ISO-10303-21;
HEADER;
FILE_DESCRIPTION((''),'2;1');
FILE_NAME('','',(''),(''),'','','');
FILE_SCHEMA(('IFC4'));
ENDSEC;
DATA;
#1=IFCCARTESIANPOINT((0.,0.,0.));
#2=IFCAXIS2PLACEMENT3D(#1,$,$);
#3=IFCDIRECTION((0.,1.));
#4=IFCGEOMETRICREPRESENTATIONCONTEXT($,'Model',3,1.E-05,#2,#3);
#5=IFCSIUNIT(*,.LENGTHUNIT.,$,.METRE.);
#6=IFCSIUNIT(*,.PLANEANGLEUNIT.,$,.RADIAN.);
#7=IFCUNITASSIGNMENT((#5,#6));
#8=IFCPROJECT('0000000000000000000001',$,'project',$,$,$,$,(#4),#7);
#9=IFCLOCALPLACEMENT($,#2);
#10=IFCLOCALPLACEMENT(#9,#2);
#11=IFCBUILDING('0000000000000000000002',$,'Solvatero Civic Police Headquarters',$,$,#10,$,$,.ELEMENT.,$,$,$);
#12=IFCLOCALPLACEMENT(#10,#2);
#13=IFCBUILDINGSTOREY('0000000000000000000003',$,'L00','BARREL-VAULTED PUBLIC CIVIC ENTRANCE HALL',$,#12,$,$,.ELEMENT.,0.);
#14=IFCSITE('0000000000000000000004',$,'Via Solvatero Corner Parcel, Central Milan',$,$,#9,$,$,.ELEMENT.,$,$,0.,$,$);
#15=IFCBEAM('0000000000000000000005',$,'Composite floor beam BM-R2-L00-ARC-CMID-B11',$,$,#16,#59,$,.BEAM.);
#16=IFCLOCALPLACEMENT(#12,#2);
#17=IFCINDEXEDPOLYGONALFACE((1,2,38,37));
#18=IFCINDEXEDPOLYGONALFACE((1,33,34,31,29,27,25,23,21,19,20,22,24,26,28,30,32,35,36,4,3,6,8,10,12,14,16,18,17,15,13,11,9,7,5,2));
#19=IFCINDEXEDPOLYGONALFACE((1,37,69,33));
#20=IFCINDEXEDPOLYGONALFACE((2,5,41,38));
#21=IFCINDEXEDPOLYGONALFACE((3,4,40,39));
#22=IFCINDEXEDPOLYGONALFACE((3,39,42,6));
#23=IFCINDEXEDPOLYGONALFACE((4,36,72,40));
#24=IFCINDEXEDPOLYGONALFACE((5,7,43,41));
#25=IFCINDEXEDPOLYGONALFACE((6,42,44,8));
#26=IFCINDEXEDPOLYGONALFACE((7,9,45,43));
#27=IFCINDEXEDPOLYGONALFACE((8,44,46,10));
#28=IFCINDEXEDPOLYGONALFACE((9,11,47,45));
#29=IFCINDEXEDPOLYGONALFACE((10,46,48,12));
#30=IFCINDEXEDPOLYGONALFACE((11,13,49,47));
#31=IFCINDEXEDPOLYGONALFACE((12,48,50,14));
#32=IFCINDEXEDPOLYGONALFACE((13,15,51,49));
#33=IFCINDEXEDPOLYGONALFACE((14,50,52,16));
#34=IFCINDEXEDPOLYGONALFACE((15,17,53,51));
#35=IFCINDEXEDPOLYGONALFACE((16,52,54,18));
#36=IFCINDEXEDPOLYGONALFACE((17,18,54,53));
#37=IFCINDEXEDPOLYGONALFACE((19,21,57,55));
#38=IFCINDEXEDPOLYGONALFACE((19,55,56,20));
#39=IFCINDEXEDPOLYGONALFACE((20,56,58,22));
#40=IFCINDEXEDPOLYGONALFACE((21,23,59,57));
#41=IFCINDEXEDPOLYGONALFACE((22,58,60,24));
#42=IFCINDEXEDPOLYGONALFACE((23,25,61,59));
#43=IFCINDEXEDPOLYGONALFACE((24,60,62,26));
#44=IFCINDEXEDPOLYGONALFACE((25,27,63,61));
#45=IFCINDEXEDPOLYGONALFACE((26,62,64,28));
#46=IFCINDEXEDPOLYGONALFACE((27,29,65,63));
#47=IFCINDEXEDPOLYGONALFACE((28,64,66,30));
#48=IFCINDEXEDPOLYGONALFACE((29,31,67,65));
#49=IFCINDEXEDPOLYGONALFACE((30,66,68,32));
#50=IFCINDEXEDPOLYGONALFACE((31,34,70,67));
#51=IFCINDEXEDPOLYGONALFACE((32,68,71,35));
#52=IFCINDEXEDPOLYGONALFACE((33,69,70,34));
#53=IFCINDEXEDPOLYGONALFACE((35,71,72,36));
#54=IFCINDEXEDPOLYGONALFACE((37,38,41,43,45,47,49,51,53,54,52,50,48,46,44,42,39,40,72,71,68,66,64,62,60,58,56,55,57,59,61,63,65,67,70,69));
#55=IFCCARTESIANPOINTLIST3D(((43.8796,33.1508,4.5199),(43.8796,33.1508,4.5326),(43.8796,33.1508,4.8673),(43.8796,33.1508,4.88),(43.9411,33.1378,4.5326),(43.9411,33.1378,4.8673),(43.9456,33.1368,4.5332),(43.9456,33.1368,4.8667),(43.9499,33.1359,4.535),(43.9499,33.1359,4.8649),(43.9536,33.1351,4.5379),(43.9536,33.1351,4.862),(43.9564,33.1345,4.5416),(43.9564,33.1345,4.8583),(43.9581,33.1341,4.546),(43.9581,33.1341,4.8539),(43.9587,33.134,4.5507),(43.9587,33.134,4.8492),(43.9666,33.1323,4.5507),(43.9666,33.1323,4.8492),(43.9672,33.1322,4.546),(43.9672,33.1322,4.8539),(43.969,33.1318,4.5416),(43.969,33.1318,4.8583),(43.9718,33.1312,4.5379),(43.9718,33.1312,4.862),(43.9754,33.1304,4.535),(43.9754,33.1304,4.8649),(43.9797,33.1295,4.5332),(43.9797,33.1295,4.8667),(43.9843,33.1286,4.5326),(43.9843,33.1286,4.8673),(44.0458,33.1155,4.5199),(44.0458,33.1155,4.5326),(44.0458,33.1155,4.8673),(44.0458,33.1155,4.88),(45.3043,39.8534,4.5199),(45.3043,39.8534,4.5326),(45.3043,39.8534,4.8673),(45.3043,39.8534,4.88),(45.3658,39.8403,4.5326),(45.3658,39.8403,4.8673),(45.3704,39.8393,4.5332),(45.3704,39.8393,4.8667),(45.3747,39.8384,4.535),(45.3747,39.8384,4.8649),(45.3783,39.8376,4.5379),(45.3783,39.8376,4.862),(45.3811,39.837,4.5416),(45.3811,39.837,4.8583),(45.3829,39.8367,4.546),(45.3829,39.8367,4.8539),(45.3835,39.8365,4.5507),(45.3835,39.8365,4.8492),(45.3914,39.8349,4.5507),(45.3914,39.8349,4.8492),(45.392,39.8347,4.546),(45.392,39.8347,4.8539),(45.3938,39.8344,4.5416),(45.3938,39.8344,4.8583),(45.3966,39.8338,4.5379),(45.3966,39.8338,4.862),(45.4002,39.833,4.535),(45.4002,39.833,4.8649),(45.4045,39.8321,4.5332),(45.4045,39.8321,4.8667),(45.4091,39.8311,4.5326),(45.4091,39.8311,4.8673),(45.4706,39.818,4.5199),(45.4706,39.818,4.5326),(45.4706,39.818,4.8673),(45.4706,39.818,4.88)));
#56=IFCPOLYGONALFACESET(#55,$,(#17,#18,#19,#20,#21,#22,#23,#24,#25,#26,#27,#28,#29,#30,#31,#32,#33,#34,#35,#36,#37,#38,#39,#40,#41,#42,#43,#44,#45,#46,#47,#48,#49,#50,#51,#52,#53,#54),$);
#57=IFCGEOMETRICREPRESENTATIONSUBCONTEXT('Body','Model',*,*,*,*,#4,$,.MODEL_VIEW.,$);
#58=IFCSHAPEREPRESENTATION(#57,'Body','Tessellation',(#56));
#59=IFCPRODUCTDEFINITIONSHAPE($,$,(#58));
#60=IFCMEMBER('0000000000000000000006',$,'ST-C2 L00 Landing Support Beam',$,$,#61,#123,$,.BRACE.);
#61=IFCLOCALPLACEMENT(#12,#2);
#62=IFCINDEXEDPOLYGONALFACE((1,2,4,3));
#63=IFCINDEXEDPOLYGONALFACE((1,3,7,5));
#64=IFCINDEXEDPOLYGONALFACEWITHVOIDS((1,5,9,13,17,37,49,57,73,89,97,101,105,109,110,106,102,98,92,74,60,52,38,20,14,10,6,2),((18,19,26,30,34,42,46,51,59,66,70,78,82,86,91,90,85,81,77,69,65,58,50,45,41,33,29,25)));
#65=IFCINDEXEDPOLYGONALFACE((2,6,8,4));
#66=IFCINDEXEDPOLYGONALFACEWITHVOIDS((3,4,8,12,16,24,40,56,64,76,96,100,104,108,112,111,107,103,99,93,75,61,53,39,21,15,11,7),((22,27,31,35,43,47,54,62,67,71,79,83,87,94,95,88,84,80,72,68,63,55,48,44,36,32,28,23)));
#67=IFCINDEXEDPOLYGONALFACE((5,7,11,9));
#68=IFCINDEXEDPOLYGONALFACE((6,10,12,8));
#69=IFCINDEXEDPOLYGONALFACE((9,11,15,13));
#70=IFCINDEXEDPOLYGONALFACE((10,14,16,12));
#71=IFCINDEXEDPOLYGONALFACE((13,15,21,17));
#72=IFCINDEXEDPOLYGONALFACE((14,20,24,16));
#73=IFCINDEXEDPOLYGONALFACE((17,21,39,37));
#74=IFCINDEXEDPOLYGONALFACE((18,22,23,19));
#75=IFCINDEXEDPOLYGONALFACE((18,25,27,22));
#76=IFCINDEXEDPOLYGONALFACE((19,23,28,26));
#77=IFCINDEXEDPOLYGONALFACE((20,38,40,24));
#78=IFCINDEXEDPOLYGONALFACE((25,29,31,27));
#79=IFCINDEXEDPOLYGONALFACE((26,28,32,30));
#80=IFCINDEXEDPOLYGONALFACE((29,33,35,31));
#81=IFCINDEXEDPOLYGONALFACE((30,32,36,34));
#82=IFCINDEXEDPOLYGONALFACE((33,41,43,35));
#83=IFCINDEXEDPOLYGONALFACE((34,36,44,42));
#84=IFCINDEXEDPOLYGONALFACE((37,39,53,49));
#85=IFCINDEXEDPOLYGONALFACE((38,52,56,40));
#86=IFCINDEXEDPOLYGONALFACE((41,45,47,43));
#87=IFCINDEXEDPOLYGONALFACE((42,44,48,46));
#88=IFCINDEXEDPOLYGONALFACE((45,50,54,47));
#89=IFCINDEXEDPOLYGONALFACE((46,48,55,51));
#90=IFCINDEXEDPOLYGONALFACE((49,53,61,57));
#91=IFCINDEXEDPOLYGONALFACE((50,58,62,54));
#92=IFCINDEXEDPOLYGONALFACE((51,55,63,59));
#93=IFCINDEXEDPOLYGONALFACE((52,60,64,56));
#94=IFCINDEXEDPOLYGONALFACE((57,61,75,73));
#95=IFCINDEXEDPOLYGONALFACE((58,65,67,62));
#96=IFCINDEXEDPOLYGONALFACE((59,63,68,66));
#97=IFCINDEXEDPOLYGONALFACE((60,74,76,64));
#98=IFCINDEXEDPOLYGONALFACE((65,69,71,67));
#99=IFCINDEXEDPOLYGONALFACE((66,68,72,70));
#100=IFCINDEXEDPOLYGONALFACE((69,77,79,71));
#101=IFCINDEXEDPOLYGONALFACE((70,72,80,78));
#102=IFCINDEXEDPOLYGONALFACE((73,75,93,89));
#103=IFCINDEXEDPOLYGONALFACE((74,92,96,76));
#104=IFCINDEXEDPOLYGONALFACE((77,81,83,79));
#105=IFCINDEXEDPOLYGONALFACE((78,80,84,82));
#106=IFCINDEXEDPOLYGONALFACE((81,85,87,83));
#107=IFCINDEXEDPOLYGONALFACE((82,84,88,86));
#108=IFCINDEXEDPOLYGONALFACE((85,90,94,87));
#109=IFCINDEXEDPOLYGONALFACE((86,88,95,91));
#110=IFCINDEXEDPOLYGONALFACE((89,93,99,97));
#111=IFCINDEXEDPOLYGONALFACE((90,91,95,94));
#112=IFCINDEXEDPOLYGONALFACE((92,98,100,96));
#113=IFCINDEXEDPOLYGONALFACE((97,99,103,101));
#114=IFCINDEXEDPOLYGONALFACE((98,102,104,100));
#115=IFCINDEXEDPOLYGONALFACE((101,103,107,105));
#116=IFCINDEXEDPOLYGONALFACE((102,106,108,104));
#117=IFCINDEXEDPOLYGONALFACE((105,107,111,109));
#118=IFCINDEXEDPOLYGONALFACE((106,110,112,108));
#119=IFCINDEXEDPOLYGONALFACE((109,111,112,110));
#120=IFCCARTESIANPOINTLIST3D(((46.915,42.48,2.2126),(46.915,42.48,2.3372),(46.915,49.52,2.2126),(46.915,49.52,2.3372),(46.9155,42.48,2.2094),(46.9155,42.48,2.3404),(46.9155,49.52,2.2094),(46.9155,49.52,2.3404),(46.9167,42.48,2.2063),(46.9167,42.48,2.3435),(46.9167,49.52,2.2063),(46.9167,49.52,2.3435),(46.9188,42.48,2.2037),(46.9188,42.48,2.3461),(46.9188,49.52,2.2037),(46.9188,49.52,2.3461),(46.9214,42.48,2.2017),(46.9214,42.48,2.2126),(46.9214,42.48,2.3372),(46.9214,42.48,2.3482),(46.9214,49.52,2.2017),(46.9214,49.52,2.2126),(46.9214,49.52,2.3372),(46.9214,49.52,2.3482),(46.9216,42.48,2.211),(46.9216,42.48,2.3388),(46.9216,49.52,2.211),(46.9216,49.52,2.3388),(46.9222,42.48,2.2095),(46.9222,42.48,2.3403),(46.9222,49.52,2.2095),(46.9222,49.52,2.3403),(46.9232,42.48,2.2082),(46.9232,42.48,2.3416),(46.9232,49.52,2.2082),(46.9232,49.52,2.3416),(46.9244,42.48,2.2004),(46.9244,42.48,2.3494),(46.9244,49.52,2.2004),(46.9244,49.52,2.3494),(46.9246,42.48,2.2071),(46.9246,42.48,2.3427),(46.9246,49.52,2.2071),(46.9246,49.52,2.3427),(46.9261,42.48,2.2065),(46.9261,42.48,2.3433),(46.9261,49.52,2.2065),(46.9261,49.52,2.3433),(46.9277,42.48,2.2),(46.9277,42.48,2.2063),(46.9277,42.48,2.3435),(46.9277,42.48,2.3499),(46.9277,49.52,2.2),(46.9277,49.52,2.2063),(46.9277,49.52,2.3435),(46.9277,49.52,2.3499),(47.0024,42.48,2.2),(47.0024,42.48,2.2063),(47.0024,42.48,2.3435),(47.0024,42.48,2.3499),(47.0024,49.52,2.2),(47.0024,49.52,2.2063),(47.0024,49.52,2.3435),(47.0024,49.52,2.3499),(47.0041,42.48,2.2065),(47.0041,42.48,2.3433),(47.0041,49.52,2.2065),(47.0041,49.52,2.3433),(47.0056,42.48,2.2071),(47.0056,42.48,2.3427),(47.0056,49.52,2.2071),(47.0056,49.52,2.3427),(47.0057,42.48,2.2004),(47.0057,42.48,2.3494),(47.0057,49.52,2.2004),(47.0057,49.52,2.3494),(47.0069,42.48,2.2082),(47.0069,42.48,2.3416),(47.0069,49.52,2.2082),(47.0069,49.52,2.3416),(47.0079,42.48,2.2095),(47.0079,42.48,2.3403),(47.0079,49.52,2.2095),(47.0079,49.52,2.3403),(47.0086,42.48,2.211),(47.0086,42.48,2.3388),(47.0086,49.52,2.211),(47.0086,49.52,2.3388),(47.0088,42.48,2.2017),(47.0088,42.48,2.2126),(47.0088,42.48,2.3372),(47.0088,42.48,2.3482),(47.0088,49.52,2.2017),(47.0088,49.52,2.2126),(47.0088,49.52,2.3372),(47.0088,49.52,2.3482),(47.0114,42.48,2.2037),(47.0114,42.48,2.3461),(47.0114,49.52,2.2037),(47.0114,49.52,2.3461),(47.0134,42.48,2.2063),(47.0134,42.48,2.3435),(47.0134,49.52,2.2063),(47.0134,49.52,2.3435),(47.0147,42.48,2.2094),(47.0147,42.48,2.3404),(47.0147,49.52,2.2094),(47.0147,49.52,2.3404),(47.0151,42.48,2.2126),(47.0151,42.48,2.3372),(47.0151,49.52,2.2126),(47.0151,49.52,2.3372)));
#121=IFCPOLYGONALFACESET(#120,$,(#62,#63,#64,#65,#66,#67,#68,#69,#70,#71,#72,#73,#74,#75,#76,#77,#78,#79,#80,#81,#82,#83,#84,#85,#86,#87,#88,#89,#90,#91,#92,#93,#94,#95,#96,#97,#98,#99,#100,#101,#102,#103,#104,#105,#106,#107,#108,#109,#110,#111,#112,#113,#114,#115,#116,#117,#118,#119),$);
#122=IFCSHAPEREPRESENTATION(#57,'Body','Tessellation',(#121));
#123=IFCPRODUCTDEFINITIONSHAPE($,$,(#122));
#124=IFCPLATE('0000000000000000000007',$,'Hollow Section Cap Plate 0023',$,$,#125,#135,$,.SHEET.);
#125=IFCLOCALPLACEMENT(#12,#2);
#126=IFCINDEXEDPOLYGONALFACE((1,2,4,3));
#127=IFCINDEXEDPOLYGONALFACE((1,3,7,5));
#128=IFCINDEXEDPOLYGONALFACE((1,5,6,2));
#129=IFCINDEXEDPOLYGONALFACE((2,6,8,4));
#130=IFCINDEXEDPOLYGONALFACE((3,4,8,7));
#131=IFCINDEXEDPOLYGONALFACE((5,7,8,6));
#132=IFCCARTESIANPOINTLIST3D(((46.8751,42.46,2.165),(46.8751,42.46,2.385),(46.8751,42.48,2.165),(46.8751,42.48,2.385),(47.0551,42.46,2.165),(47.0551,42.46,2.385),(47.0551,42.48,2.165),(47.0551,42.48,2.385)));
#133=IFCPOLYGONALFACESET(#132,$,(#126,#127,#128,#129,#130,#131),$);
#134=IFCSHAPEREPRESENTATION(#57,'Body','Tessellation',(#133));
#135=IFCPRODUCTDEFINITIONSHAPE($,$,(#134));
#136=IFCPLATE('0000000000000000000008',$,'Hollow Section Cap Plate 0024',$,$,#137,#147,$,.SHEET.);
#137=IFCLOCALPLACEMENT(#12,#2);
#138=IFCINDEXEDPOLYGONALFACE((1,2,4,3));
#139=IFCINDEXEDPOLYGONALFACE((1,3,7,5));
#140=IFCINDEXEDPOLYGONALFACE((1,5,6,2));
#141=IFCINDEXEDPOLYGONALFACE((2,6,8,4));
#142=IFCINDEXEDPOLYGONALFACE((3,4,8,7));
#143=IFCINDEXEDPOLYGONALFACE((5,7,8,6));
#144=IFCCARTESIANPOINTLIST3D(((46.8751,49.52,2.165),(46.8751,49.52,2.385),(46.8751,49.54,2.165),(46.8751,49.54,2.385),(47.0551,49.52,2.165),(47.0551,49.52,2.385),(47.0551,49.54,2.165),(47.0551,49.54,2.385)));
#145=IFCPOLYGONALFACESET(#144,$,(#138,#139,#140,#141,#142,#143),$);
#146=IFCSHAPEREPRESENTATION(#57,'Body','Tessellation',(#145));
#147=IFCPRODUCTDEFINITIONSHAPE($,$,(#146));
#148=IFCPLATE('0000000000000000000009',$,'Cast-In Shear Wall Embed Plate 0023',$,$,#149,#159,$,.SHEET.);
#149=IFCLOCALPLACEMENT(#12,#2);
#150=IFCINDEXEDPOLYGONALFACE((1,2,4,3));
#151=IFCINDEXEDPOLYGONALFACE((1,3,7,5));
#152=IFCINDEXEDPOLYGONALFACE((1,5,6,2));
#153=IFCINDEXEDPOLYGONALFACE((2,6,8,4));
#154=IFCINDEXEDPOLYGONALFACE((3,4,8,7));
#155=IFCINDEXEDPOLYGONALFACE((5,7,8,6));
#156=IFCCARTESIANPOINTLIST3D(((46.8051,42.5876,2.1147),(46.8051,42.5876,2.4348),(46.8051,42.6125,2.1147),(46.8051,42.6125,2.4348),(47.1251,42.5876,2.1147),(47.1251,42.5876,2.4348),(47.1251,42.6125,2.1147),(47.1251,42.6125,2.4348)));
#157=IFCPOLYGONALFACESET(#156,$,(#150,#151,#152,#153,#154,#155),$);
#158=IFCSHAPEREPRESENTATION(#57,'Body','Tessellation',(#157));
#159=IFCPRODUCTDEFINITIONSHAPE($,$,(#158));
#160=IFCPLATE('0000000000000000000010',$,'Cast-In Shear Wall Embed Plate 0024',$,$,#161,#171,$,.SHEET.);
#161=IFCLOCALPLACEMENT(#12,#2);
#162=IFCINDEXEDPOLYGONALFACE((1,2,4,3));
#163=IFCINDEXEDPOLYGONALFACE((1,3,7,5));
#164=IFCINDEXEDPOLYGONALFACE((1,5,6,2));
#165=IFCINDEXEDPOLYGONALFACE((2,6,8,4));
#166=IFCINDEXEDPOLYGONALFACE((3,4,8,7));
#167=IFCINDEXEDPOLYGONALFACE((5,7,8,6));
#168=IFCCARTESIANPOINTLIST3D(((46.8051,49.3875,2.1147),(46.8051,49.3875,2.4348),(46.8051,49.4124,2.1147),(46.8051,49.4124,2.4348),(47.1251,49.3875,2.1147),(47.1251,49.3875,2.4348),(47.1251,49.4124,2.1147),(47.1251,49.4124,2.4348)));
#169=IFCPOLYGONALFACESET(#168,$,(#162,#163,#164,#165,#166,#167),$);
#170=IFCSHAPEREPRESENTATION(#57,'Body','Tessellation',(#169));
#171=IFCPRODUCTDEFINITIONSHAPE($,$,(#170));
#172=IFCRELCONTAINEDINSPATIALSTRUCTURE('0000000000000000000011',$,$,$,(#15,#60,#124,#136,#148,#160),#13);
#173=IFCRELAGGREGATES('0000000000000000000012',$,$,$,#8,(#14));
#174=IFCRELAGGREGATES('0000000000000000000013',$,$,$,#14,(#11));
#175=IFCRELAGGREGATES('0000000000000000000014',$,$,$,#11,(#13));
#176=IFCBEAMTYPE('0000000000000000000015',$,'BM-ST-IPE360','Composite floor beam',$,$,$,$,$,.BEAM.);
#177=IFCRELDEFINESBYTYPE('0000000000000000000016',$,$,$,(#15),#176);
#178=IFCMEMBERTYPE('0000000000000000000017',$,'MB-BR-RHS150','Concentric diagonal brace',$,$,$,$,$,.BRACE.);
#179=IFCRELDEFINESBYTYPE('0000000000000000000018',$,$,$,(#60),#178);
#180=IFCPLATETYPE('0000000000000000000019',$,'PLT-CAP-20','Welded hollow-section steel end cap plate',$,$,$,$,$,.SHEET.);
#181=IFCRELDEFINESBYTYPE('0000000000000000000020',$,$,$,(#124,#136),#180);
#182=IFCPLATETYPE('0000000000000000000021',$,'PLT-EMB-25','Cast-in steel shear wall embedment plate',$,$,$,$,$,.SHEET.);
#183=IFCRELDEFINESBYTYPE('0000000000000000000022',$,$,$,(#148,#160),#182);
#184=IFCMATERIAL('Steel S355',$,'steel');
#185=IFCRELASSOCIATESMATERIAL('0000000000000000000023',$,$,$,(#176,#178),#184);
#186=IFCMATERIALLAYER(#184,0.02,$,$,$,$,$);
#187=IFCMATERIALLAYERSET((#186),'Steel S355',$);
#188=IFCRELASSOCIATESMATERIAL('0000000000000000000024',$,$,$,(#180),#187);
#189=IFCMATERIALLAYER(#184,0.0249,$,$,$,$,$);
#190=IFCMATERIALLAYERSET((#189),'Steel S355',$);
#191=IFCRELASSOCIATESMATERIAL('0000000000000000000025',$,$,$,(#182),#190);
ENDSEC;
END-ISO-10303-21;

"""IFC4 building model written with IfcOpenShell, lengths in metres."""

from ifc_helpers import new_model, si_unit, direction, frame, origin, origin_2d, place, context, subcontext, project, spatial, rectangle, hollow_rectangle, i_section, extrude, material, layer, layer_set, material_profile, profile_set, type_object, element, save


model = new_model("IFC4")

# Units and contexts
model_context = context("Model", 3, precision=1e-05, world=origin(), true_north=direction((0.0, 1.0)))
body_context = subcontext(model_context, "Body", "Model", "MODEL_VIEW")
ifc_project = project(units=[si_unit("LENGTHUNIT", "METRE"), si_unit("PLANEANGLEUNIT", "RADIAN")], contexts=[model_context])

# Site, building, storey
site_placement = place(None, origin())
site = spatial("IfcSite", under=ifc_project, at=site_placement, Name="Via Solvatero Corner Parcel, Central Milan", CompositionType="ELEMENT", RefElevation=0.0)
building_placement = place(site_placement, origin())
building = spatial("IfcBuilding", under=site, at=building_placement, Name="Solvatero Civic Police Headquarters", CompositionType="ELEMENT")
storey_placement = place(building_placement, origin())
storey = spatial("IfcBuildingStorey", under=building, at=storey_placement, Name="L00", Description="BARREL-VAULTED PUBLIC CIVIC ENTRANCE HALL", CompositionType="ELEMENT", Elevation=0.0)

# Beam
ifc_material_1 = material(Name="Steel S355", Category="steel")
ifc_material_profile_1 = material_profile(ifc_material_1, i_section(OverallWidth=0.1699, OverallDepth=0.3601, WebThickness=0.0081, FlangeThickness=0.0127, FilletRadius=0.0181, at=origin_2d()), Name="IPE 360")
ifc_profile_set_1 = profile_set([ifc_material_profile_1], Name="Steel S355")
beam_type_1 = type_object("IfcBeamType", Name="BM-ST-IPE360", Description="Composite floor beam", PredefinedType="BEAM", material=ifc_profile_set_1)
beam_1_placement = place(storey_placement, frame((45.3875, 39.8357, 4.7), z_axis=(-0.207928, -0.978144, 0.0), x_axis=(0.978144, -0.207928, 0.0)))
element("IfcBeam", 1, at=beam_1_placement, inside=storey, type_object=beam_type_1, Name="Composite floor beam BM-R2-L00-ARC-CMID-B11", PredefinedType="BEAM", context=body_context, shape_type="SweptSolid", body=[
    extrude(i_section(OverallWidth=0.1699, OverallDepth=0.3601, WebThickness=0.0081, FlangeThickness=0.0127, FilletRadius=0.0181, at=origin_2d()), origin(), (0.0, 0.0, 1.0), 6.8523),
])

# Member
ifc_material_profile_2 = material_profile(ifc_material_1, hollow_rectangle(XDim=0.1001, YDim=0.1499, WallThickness=0.0063, InnerFilletRadius=0.0063, OuterFilletRadius=0.0127, at=origin_2d()), Name="RHS 150x100x6.3")
ifc_profile_set_2 = profile_set([ifc_material_profile_2], Name="Steel S355")
member_type = type_object("IfcMemberType", Name="MB-BR-RHS150", Description="Concentric diagonal brace", PredefinedType="BRACE", material=ifc_profile_set_2)
member_placement = place(storey_placement, frame((46.9651, 42.48, 2.2749), z_axis=(0.0, 1.0, 0.0), x_axis=(-1.0, 0.0, 0.0)))
element("IfcMember", 2, at=member_placement, inside=storey, type_object=member_type, Name="ST-C2 L00 Landing Support Beam", PredefinedType="BRACE", context=body_context, shape_type="SweptSolid", body=[
    extrude(hollow_rectangle(XDim=0.1001, YDim=0.1499, WallThickness=0.0063, InnerFilletRadius=0.0063, OuterFilletRadius=0.0127, at=origin_2d()), origin(), (0.0, 0.0, 1.0), 7.04),
])

# Plates
ifc_layer_1 = layer(ifc_material_1, 0.02)
ifc_layer_set_1 = layer_set([ifc_layer_1], Name="Steel S355")
plate_type_1 = type_object("IfcPlateType", Name="PLT-CAP-20", Description="Welded hollow-section steel end cap plate", PredefinedType="SHEET", material=ifc_layer_set_1)
for number, where, z_axis, x_axis, name in (
    (3, (46.9651, 42.47, 2.165), (0.0, 0.0, 1.0), (1.0, 0.0, 0.0), "Hollow Section Cap Plate 0023"),
    (4, (46.9651, 49.53, 2.165), (0.0, 0.0, 1.0), (1.0, 0.0, 0.0), "Hollow Section Cap Plate 0024"),
):
    element("IfcPlate", number, at=place(storey_placement, frame(where, z_axis=z_axis, x_axis=x_axis)), inside=storey, type_object=plate_type_1, Name=name, PredefinedType="SHEET", context=body_context, shape_type="SweptSolid", body=[
        extrude(rectangle(XDim=0.1799, YDim=0.02, at=origin_2d()), origin(), (0.0, 0.0, 1.0), 0.22),
    ])
ifc_layer_2 = layer(ifc_material_1, 0.0249)
ifc_layer_set_2 = layer_set([ifc_layer_2], Name="Steel S355")
plate_type_2 = type_object("IfcPlateType", Name="PLT-EMB-25", Description="Cast-in steel shear wall embedment plate", PredefinedType="SHEET", material=ifc_layer_set_2)
for number, where, z_axis, x_axis, name in (
    (5, (46.9651, 42.6001, 2.1147), (0.0, 0.0, 1.0), (1.0, 0.0, 0.0), "Cast-In Shear Wall Embed Plate 0023"),
    (6, (46.9651, 49.3999, 2.1147), (0.0, 0.0, 1.0), (1.0, 0.0, 0.0), "Cast-In Shear Wall Embed Plate 0024"),
):
    element("IfcPlate", number, at=place(storey_placement, frame(where, z_axis=z_axis, x_axis=x_axis)), inside=storey, type_object=plate_type_2, Name=name, PredefinedType="SHEET", context=body_context, shape_type="SweptSolid", body=[
        extrude(rectangle(XDim=0.3201, YDim=0.0249, at=origin_2d()), origin(), (0.0, 0.0, 1.0), 0.3201),
    ])

save(model, "model.ifc")
